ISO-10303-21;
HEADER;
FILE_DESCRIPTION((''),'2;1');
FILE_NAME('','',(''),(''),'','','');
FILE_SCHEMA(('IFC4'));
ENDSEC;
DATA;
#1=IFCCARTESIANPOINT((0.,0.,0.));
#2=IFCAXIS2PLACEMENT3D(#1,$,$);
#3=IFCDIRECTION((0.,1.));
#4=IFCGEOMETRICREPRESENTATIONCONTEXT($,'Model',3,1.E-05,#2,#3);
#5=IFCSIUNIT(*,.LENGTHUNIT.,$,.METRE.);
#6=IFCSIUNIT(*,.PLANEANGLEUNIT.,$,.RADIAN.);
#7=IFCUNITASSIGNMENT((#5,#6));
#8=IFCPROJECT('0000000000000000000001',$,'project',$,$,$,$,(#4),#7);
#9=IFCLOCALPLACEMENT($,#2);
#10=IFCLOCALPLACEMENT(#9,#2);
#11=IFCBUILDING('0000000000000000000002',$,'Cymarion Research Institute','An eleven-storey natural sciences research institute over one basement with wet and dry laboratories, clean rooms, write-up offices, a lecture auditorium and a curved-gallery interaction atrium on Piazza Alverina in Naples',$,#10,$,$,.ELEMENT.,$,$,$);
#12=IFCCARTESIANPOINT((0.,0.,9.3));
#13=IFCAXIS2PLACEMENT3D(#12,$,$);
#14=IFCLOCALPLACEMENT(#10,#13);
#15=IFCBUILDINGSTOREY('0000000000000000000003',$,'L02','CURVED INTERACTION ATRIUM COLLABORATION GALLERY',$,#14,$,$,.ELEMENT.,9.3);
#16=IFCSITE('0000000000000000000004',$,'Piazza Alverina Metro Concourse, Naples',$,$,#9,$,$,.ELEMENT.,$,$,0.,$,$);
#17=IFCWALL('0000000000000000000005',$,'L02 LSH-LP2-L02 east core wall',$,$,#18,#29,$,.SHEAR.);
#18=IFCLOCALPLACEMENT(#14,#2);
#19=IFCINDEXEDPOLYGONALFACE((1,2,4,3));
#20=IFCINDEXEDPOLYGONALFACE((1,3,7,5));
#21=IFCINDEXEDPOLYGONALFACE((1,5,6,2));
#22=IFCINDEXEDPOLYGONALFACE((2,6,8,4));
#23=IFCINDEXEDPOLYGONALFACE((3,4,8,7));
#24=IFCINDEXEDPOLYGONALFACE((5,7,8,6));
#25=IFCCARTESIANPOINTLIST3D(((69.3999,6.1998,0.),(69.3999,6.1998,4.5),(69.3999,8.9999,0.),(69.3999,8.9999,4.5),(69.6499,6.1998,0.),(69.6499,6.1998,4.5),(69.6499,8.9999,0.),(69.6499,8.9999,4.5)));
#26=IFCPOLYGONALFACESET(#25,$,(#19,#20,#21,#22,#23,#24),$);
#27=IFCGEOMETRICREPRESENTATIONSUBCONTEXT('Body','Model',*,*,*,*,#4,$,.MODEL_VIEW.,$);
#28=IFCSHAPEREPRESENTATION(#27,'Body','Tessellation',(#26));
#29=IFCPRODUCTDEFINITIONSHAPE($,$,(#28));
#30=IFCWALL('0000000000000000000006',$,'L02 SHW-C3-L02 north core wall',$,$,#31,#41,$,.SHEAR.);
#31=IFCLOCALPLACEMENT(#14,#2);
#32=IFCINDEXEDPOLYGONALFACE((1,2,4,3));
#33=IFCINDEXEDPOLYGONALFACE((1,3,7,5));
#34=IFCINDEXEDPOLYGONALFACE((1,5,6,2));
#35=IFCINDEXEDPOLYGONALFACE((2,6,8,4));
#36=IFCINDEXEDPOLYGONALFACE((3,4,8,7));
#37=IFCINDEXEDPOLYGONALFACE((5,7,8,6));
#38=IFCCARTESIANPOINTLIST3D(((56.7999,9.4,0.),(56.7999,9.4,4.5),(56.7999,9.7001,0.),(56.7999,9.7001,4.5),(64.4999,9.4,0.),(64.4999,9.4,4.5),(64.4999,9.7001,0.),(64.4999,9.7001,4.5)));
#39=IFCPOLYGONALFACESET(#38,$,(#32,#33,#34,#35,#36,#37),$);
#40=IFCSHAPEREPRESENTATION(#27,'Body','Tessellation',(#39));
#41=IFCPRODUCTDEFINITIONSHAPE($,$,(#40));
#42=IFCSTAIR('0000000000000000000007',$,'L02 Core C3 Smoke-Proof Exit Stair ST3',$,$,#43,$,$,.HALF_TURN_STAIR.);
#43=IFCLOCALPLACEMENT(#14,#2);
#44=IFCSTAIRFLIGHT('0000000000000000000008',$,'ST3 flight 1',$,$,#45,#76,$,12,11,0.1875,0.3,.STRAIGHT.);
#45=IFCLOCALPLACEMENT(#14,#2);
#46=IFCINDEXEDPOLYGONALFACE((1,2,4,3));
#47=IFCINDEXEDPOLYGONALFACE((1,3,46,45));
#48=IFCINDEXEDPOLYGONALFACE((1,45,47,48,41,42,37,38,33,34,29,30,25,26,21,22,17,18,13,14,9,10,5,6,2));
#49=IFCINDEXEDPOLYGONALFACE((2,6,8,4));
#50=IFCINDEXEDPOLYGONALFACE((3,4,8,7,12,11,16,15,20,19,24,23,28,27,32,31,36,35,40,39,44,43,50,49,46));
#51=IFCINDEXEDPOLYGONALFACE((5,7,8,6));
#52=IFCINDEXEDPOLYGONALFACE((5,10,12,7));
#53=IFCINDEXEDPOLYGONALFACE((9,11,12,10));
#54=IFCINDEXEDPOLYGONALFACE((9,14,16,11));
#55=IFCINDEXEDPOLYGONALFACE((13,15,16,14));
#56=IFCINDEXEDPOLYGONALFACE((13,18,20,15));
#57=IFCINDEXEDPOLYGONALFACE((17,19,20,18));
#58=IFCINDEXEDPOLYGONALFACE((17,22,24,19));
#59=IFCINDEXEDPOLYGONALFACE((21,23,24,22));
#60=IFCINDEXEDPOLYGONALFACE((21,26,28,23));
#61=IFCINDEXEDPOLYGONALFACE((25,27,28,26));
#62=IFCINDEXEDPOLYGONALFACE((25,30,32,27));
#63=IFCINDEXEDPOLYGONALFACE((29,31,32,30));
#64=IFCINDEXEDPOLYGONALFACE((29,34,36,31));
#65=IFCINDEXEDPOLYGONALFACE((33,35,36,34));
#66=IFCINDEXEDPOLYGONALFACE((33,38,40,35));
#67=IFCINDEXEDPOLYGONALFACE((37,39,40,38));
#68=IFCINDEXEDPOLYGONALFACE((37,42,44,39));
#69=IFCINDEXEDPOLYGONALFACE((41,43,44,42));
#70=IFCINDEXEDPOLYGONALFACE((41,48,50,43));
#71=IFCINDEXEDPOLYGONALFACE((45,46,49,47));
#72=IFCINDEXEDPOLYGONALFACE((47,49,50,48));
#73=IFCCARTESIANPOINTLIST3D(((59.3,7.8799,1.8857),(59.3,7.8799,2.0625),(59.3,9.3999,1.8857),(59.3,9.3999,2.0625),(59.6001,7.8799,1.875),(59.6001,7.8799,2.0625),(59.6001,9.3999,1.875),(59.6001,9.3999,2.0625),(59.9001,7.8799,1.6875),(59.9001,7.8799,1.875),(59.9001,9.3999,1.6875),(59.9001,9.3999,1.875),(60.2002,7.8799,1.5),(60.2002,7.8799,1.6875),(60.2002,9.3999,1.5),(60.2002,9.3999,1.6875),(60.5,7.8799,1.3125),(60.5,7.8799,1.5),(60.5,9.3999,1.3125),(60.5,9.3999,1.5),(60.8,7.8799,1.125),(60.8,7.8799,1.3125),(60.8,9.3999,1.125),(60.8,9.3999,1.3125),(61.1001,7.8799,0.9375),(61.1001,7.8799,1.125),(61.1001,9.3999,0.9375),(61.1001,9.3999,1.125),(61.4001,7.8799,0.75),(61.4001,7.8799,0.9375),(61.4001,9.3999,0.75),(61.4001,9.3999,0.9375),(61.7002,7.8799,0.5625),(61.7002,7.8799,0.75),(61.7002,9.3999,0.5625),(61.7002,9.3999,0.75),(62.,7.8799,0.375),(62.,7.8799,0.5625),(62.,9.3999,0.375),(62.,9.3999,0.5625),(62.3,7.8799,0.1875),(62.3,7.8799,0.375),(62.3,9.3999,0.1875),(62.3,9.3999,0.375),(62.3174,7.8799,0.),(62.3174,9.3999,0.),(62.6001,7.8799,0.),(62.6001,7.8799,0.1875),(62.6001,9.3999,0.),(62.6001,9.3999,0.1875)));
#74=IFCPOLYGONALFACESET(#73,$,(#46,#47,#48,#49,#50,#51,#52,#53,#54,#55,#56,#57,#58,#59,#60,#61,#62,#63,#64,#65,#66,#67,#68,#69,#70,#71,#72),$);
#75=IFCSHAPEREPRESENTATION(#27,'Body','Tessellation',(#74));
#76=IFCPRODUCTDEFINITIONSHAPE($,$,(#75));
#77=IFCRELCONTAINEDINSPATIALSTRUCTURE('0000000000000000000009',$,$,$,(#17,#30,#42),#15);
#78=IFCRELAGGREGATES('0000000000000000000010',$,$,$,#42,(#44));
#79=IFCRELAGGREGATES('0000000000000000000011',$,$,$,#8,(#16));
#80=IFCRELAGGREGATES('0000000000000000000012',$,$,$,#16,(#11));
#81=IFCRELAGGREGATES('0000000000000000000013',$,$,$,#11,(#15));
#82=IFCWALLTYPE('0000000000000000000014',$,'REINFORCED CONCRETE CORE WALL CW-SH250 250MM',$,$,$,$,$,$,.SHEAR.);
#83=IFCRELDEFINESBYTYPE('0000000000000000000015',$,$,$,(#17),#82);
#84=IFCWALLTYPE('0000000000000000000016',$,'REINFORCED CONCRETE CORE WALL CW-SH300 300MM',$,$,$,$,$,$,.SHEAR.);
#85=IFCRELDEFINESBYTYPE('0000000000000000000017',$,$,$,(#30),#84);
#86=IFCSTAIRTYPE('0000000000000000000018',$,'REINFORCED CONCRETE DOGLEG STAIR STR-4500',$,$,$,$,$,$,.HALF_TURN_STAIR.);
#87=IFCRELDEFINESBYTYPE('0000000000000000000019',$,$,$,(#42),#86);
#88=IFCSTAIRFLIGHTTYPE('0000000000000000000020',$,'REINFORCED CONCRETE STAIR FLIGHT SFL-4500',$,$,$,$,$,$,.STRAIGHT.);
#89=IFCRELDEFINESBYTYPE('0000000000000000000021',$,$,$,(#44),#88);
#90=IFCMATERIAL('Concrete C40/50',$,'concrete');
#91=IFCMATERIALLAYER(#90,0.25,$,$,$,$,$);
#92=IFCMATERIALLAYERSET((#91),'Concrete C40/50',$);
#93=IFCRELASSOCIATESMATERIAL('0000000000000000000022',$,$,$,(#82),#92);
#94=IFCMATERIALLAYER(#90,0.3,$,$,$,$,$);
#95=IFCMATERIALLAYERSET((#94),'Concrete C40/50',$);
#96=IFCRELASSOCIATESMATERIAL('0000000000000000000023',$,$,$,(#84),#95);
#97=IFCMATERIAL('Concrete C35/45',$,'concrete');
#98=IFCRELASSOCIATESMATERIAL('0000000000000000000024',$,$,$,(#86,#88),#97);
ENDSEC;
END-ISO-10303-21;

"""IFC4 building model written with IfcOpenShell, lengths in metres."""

from ifc_helpers import new_model, si_unit, direction, frame, frame_2d, origin, place, context, subcontext, project, spatial, polyline, rectangle, outline, extrude, material, layer, layer_set, type_object, element, aggregate, save


model = new_model("IFC4")

# Units and contexts
model_context = context("Model", 3, precision=1e-05, world=origin(), true_north=direction((0.0, 1.0)))
body_context = subcontext(model_context, "Body", "Model", "MODEL_VIEW")
ifc_project = project(units=[si_unit("LENGTHUNIT", "METRE"), si_unit("PLANEANGLEUNIT", "RADIAN")], contexts=[model_context])

# Site, building, storey
site_placement = place(None, origin())
site = spatial("IfcSite", under=ifc_project, at=site_placement, Name="Piazza Alverina Metro Concourse, Naples", CompositionType="ELEMENT", RefElevation=0.0)
building_placement = place(site_placement, origin())
building = spatial("IfcBuilding", under=site, at=building_placement, Name="Cymarion Research Institute", Description="An eleven-storey natural sciences research institute over one basement with wet and dry laboratories, clean rooms, write-up offices, a lecture auditorium and a curved-gallery interaction atrium on Piazza Alverina in Naples", CompositionType="ELEMENT")
storey_placement = place(building_placement, frame((0.0, 0.0, 9.3)))
storey = spatial("IfcBuildingStorey", under=building, at=storey_placement, Name="L02", Description="CURVED INTERACTION ATRIUM COLLABORATION GALLERY", CompositionType="ELEMENT", Elevation=9.3)

# Shared definitions
ifc_material_1 = material(Name="Concrete C40/50", Category="concrete")

# Shared definitions
ifc_layer_1 = layer(ifc_material_1, 0.25)
ifc_layer_set_1 = layer_set([ifc_layer_1], Name="Concrete C40/50")
wall_type_1 = type_object("IfcWallType", Name="REINFORCED CONCRETE CORE WALL CW-SH250 250MM", PredefinedType="SHEAR", material=ifc_layer_set_1)

# Walls
for number, where, z_axis, x_axis, name in (
    (1, (69.5249, 6.2, 0.0), (0.0, 0.0, 1.0), (0.0, 1.0, 0.0), "L02 LSH-LP2-L02 east core wall"),
):
    element("IfcWall", number, at=place(storey_placement, frame(where, z_axis=z_axis, x_axis=x_axis)), inside=storey, type_object=wall_type_1, Name=name, PredefinedType="SHEAR", context=body_context, shape_type="SweptSolid", body=[
        extrude(rectangle(XDim=2.8, YDim=0.25, at=frame_2d((1.3999, 0.0))), origin(), (0.0, 0.0, 1.0), 4.5),
    ])
ifc_layer_2 = layer(ifc_material_1, 0.3)
ifc_layer_set_2 = layer_set([ifc_layer_2], Name="Concrete C40/50")
wall_type_2 = type_object("IfcWallType", Name="REINFORCED CONCRETE CORE WALL CW-SH300 300MM", PredefinedType="SHEAR", material=ifc_layer_set_2)
wall_1_placement = place(storey_placement, frame((64.5, 9.55, 0.0), z_axis=(0.0, 0.0, 1.0), x_axis=(-1.0, 0.0, 0.0)))
element("IfcWall", 2, at=wall_1_placement, inside=storey, type_object=wall_type_2, Name="L02 SHW-C3-L02 north core wall", PredefinedType="SHEAR", context=body_context, shape_type="SweptSolid", body=[
    extrude(rectangle(XDim=7.7, YDim=0.3, at=frame_2d((3.8501, 0.0))), origin(), (0.0, 0.0, 1.0), 4.5),
])

# Stair, stair flight
ifc_material_2 = material(Name="Concrete C35/45", Category="concrete")
stair_type = type_object("IfcStairType", Name="REINFORCED CONCRETE DOGLEG STAIR STR-4500", PredefinedType="HALF_TURN_STAIR", material=ifc_material_2)
stair_placement = place(storey_placement, origin())
stair = element("IfcStair", 3, at=stair_placement, inside=storey, type_object=stair_type, Name="L02 Core C3 Smoke-Proof Exit Stair ST3", PredefinedType="HALF_TURN_STAIR")
stair_flight_type = type_object("IfcStairFlightType", Name="REINFORCED CONCRETE STAIR FLIGHT SFL-4500", PredefinedType="STRAIGHT", material=ifc_material_2)
stair_flight_placement = place(storey_placement, frame((62.6001, 8.6399, 0.0), z_axis=(0.0, 0.0, 1.0), x_axis=(-1.0, 0.0, 0.0)))
stair_flight = element("IfcStairFlight", 4, at=stair_flight_placement, type_object=stair_flight_type, Name="ST3 flight 1", NumberOfRisers=12, NumberOfTreads=11, PredefinedType="STRAIGHT", RiserHeight=0.1875, TreadLength=0.3, context=body_context, shape_type="SweptSolid", body=[
    extrude(outline(polyline([(0.0, 0.0), (0.0, 0.1875), (0.3, 0.1875), (0.3, 0.375), (0.6001, 0.375), (0.6001, 0.5625), (0.8999, 0.5625), (0.8999, 0.75), (1.2, 0.75), (1.2, 0.9375), (1.5, 0.9375), (1.5, 1.125), (1.8, 1.125), (1.8, 1.3125), (2.1001, 1.3125), (2.1001, 1.5), (2.3999, 1.5), (2.3999, 1.6875), (2.7, 1.6875), (2.7, 1.875), (3.0, 1.875), (3.0, 2.0625), (3.3, 2.0625), (3.3, 2.25), (3.3, 1.8857), (0.2827, 0.0), (0.0, 0.0)])), frame((0.0, 0.76, 0.0), z_axis=(0.0, -1.0, 0.0), x_axis=(1.0, 0.0, 0.0)), (0.0, 0.0, 1.0), 1.52),
])
aggregate(stair, [stair_flight])

save(model, "model.ifc")
